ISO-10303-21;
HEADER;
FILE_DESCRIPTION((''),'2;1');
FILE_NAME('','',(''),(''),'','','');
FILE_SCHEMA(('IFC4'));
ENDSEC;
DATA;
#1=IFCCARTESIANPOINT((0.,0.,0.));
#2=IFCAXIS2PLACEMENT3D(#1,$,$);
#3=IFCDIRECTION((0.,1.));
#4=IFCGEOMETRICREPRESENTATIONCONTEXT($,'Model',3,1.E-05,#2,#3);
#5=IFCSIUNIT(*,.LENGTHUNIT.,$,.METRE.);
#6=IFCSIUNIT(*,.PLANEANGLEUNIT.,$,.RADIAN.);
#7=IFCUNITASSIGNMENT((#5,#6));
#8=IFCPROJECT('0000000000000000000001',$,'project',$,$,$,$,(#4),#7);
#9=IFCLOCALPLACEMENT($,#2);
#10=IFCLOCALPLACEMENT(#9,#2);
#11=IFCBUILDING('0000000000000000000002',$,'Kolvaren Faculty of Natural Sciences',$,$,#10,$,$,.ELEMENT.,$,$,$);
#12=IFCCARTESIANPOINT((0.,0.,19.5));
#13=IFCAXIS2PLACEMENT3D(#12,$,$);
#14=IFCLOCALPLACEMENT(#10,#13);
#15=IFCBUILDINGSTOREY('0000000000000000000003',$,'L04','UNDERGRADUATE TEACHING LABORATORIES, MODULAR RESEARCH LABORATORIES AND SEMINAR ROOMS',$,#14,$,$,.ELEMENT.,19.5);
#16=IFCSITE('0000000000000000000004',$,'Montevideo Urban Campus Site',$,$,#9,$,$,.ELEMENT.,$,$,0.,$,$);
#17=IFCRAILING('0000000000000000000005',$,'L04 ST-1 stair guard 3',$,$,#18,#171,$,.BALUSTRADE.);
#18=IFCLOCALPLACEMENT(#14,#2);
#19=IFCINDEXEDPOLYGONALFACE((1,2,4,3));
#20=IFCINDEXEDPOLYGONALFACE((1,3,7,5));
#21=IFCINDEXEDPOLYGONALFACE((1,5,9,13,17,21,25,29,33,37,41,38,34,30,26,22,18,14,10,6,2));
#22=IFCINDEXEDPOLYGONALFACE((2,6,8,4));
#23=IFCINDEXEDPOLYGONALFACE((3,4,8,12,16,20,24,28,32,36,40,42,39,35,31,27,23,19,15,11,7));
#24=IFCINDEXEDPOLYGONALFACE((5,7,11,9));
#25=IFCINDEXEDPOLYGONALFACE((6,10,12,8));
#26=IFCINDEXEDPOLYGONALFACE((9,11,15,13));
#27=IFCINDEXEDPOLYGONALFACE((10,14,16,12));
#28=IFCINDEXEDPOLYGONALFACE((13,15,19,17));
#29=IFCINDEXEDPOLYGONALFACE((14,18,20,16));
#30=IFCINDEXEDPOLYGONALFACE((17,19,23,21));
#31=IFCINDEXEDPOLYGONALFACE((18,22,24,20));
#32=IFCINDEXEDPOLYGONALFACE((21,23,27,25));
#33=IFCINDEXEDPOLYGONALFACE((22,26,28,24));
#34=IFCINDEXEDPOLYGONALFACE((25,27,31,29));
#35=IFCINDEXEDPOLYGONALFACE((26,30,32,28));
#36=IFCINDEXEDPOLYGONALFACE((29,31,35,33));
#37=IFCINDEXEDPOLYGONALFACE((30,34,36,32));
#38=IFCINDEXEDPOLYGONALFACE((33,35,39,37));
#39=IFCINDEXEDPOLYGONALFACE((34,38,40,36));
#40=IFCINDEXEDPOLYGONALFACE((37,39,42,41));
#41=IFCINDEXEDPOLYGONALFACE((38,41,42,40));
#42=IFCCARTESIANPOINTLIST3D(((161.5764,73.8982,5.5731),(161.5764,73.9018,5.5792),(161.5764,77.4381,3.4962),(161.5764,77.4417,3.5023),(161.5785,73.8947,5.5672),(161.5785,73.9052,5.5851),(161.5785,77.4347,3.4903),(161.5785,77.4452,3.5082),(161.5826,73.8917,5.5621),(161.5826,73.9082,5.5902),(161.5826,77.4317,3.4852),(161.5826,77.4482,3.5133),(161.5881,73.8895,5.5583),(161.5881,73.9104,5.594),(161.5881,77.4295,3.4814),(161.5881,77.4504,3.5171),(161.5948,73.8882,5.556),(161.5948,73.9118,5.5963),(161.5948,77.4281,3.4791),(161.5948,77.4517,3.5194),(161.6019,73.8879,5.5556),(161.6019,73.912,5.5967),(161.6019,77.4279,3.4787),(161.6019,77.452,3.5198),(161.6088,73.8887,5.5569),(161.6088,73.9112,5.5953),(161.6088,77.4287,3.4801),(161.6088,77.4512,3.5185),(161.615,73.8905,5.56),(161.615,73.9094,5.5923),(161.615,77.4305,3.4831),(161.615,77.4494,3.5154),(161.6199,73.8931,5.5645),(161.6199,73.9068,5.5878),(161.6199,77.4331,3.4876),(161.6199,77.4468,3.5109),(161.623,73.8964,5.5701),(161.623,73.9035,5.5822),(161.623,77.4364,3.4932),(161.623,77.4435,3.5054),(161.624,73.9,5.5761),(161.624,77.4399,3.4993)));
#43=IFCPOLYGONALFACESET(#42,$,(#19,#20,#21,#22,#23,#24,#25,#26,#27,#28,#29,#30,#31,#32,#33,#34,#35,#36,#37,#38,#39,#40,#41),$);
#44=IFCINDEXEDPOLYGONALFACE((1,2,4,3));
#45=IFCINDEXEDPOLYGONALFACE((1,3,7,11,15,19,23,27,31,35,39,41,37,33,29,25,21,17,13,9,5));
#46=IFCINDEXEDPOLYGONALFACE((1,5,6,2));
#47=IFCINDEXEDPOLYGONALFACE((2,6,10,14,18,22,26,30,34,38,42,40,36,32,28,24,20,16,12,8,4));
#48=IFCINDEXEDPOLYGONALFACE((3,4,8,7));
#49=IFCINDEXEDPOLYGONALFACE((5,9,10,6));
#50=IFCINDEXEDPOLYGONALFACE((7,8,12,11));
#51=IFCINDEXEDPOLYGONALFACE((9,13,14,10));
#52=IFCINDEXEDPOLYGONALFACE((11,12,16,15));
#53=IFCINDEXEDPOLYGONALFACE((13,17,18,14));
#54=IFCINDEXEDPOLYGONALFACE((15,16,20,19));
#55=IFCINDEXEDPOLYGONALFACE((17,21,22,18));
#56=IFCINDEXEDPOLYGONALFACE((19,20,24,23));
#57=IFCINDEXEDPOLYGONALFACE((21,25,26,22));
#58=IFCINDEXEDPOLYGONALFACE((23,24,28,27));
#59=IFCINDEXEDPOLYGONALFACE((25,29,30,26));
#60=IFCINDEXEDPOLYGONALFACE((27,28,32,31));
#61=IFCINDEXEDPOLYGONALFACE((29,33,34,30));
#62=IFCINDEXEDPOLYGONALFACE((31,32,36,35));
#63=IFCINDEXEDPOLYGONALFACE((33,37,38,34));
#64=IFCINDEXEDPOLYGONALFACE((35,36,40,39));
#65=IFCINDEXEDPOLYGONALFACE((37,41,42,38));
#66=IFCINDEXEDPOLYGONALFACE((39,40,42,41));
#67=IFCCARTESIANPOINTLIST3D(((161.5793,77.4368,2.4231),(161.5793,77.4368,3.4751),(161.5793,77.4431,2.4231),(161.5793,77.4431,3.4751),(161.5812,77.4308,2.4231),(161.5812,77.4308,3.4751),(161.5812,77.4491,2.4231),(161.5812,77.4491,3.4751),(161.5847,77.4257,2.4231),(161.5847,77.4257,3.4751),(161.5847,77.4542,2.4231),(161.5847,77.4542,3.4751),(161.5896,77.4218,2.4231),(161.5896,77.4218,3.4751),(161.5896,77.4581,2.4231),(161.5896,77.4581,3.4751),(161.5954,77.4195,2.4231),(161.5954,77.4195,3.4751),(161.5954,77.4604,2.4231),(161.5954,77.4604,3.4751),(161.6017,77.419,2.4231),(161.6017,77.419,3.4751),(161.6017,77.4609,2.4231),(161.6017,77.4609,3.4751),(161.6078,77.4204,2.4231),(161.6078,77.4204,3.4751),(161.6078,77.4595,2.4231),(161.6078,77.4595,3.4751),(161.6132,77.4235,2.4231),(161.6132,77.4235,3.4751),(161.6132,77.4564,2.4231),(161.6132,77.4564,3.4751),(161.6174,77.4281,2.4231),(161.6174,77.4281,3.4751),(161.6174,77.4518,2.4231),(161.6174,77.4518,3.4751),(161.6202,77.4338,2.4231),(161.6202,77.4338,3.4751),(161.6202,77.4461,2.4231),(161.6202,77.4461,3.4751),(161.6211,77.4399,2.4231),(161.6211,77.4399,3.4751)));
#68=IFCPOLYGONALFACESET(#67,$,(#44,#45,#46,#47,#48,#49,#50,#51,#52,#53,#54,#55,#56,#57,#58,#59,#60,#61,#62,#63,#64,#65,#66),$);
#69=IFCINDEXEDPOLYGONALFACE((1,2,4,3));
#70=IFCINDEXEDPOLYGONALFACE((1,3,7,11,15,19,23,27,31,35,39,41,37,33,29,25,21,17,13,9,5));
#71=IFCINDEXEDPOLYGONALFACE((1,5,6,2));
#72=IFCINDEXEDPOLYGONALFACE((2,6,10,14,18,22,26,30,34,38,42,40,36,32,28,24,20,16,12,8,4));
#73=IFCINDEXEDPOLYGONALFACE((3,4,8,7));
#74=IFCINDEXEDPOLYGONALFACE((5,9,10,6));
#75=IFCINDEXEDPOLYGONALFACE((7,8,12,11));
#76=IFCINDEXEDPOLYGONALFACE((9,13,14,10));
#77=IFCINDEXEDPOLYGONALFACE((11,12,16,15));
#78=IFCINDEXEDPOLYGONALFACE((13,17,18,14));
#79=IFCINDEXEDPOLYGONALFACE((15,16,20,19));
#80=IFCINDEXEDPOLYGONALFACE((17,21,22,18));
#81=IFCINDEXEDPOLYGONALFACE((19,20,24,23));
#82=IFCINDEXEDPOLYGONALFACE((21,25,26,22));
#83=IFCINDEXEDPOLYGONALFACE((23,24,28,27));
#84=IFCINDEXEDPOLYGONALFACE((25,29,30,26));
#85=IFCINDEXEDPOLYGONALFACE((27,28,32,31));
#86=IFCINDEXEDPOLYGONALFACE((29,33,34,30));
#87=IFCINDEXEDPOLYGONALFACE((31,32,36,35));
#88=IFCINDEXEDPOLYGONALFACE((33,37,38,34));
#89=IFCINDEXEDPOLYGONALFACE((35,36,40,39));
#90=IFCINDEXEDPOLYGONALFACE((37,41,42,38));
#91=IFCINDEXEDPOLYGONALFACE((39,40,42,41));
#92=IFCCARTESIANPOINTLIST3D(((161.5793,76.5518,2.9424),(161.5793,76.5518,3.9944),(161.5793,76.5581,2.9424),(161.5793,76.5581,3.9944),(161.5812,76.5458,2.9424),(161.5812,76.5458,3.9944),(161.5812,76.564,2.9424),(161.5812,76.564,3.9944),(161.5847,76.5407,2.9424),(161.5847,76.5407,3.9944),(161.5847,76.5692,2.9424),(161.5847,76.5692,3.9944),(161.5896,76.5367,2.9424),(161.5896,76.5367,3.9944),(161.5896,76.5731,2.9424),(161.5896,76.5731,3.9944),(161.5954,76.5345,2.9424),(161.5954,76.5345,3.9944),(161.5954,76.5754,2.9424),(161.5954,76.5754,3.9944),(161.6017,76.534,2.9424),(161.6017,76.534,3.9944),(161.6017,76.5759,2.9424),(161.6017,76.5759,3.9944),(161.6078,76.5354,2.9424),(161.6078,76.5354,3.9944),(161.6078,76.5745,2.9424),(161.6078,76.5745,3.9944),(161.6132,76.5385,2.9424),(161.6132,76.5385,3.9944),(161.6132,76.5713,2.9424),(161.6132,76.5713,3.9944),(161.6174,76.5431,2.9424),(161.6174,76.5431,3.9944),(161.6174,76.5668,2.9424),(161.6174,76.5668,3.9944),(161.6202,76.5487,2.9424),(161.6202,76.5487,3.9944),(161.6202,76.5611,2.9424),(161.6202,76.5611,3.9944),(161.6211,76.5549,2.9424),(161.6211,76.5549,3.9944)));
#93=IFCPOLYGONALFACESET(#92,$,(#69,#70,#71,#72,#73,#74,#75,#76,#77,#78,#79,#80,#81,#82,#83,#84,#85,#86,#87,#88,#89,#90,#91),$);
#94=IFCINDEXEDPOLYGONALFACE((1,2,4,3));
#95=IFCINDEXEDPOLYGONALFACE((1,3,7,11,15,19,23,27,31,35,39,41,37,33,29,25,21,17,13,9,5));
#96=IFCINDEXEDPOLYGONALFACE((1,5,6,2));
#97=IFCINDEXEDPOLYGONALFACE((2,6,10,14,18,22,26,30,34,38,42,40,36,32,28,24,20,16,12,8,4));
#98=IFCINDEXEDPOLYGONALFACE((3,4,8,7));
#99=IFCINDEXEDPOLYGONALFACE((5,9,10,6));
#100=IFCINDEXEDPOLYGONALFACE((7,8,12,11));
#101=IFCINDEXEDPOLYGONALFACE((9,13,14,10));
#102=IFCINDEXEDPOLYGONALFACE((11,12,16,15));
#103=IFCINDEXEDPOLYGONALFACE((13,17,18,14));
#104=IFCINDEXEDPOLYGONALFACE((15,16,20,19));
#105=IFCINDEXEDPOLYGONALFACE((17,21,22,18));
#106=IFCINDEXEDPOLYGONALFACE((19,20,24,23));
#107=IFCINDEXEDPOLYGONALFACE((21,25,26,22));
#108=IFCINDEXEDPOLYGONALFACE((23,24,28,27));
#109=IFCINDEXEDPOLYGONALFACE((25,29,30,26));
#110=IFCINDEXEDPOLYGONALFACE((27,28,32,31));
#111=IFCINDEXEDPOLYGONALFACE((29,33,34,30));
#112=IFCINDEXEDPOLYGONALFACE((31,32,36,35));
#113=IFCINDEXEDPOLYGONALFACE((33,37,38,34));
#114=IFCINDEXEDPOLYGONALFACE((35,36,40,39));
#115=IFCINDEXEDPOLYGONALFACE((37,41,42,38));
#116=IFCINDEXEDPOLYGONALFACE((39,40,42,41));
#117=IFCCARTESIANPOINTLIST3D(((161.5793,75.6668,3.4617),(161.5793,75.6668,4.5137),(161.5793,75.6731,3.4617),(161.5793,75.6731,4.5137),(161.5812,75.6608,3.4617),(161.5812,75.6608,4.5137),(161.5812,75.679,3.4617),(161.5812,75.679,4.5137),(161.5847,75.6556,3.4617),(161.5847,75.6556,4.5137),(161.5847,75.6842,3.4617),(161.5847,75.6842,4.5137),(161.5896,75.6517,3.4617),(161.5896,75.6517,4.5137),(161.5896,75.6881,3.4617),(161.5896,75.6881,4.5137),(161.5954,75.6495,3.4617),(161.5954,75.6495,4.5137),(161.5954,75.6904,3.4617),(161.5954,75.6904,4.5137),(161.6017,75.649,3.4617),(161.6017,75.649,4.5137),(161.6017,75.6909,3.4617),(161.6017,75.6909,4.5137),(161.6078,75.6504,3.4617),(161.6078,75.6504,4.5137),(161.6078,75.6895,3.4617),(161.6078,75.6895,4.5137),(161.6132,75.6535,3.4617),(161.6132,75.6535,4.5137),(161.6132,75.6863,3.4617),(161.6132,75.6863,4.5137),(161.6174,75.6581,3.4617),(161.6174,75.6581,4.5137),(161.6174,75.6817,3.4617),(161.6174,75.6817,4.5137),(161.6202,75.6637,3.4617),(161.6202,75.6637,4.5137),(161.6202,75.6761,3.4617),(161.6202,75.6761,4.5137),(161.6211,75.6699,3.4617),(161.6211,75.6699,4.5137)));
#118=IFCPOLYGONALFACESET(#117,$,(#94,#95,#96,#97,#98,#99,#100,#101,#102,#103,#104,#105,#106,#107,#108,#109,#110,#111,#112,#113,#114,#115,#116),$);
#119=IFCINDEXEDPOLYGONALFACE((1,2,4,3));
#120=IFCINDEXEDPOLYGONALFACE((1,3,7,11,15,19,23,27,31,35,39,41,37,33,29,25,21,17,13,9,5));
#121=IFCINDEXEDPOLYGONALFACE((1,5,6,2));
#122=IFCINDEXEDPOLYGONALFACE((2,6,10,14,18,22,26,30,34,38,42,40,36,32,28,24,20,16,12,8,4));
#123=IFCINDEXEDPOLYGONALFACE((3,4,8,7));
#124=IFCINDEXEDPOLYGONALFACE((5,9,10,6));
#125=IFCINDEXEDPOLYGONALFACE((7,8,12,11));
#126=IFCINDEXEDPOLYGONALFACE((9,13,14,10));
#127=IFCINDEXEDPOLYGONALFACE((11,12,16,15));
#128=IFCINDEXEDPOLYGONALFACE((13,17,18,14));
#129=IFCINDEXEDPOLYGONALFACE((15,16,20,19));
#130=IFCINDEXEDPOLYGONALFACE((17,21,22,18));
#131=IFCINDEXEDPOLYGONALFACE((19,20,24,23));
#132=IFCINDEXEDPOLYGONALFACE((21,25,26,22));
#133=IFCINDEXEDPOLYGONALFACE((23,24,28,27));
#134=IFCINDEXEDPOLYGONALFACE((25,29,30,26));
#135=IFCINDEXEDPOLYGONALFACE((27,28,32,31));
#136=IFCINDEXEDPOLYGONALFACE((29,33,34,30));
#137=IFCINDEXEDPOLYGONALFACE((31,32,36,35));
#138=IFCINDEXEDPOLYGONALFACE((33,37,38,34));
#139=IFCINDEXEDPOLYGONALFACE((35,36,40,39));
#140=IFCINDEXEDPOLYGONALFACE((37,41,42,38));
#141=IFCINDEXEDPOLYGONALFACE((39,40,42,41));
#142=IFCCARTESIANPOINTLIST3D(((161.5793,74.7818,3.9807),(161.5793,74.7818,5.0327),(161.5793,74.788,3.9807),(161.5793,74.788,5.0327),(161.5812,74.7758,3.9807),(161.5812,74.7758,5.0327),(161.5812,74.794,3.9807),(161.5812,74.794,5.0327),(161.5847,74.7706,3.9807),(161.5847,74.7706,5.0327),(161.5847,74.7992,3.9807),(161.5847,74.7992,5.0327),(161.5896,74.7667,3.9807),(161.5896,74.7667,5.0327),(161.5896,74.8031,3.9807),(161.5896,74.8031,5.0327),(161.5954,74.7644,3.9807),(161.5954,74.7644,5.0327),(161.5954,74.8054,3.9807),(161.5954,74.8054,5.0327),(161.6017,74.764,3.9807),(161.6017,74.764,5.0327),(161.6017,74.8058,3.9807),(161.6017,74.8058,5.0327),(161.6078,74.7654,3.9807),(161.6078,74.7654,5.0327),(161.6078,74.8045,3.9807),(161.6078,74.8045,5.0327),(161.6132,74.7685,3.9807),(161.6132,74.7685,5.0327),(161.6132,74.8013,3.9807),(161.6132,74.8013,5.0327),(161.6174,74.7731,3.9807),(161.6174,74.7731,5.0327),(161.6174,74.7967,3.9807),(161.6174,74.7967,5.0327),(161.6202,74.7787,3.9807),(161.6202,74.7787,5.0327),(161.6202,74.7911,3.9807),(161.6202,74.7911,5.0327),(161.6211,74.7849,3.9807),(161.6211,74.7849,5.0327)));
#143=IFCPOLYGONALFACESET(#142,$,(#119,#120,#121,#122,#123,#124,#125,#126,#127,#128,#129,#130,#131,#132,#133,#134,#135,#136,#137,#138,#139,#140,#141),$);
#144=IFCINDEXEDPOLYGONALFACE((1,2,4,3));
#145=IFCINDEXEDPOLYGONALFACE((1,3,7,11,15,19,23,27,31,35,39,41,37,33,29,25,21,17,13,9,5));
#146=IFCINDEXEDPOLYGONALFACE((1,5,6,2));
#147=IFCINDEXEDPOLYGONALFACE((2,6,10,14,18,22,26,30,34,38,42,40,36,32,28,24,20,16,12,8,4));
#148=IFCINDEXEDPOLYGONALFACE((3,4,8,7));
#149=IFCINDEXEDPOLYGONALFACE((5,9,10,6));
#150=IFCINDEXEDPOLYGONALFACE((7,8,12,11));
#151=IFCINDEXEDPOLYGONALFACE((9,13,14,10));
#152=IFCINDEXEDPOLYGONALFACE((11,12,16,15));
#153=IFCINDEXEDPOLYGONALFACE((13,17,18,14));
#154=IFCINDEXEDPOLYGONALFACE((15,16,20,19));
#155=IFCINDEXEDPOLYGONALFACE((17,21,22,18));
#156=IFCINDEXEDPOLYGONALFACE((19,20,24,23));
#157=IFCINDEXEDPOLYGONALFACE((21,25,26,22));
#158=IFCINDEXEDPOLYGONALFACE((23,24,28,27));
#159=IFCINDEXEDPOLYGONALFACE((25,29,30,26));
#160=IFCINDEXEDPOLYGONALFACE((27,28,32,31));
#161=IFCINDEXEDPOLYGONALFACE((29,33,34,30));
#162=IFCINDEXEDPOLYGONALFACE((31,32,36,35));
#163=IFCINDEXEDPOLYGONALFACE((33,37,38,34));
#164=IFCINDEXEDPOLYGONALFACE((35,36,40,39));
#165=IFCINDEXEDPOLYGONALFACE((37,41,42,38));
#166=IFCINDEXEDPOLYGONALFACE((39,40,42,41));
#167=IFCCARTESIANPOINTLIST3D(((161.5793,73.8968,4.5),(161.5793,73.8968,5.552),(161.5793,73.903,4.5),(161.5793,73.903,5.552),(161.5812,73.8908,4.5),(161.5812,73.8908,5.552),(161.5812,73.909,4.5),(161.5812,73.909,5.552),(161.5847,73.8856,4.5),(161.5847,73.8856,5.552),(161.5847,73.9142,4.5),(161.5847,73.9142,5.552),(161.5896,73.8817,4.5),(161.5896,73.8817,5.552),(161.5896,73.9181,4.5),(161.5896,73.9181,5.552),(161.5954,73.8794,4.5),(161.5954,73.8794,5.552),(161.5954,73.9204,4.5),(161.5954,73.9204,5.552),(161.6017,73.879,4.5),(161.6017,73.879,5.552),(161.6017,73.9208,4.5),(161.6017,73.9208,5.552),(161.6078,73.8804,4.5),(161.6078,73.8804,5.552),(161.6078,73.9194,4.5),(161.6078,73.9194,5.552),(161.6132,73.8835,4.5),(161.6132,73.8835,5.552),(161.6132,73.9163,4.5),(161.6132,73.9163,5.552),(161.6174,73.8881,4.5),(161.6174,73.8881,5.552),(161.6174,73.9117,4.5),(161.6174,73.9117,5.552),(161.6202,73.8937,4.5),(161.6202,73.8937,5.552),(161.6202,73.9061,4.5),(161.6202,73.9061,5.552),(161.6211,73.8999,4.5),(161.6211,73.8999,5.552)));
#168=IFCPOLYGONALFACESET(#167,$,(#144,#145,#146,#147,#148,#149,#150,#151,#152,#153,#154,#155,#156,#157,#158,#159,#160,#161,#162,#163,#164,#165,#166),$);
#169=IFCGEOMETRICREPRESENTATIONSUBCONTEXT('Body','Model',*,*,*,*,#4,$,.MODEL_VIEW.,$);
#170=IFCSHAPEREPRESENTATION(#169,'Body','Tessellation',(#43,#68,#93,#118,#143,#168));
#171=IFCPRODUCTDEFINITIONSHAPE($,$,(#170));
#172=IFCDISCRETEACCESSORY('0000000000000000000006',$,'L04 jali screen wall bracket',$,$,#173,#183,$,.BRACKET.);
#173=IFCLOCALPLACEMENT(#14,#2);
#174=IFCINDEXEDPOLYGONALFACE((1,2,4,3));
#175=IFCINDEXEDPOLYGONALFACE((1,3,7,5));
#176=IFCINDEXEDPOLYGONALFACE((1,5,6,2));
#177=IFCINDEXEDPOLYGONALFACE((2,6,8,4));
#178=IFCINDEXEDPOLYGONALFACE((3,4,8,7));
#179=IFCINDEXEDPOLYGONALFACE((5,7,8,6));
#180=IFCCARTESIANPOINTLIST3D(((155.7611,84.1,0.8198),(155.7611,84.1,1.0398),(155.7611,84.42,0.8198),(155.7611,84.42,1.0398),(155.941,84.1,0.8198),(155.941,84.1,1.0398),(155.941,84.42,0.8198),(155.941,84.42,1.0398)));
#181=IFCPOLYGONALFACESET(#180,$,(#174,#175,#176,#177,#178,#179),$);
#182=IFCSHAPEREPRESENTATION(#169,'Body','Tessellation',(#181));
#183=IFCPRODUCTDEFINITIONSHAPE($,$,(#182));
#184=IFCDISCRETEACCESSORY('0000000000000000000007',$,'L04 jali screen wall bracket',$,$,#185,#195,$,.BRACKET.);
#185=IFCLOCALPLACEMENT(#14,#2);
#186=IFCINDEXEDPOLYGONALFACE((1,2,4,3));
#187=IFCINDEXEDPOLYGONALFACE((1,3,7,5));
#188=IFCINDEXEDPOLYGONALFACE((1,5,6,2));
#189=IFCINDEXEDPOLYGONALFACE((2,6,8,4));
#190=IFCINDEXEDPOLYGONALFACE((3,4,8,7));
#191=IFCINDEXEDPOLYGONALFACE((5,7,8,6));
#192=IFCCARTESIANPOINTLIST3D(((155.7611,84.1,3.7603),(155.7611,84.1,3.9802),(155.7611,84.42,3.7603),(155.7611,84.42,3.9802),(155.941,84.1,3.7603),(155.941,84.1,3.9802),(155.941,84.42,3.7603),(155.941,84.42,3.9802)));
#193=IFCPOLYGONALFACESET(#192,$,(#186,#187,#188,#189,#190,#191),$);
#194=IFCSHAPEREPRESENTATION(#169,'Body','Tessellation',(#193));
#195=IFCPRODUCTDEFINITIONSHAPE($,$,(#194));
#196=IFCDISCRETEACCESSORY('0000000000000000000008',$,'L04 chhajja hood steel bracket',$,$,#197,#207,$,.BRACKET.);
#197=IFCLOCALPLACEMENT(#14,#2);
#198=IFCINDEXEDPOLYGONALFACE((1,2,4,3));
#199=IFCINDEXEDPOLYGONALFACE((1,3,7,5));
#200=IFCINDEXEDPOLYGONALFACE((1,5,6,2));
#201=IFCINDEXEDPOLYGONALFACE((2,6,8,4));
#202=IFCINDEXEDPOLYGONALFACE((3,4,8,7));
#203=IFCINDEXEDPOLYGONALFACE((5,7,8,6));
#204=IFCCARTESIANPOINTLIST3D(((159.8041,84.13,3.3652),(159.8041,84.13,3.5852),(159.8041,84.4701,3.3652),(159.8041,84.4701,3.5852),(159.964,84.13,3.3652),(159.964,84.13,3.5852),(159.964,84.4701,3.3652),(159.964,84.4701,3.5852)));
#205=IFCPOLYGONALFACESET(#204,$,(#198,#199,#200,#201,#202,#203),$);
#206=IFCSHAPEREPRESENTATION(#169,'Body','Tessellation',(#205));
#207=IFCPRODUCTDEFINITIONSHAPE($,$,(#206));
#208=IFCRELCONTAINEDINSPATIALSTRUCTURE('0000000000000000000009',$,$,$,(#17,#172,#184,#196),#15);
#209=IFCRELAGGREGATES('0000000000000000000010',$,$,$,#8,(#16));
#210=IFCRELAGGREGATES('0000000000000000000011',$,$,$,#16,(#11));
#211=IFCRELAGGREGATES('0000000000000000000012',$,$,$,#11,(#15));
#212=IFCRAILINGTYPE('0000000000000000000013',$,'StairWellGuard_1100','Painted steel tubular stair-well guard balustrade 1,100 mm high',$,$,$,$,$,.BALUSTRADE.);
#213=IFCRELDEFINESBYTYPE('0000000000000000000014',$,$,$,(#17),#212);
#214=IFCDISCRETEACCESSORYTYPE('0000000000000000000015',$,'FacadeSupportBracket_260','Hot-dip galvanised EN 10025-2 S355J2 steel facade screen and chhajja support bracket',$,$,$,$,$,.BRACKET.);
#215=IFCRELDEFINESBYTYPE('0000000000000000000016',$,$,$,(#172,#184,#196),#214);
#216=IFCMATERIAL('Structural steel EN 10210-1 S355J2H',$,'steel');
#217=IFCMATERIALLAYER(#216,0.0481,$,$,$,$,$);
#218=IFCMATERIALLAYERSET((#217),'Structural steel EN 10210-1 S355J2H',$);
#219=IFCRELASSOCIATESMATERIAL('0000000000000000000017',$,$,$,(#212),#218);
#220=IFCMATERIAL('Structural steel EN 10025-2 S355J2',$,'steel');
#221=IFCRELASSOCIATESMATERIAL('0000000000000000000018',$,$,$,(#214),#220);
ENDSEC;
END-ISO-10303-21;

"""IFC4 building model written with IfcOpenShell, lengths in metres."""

from ifc_helpers import new_model, si_unit, direction, frame, origin, origin_2d, place, context, subcontext, project, spatial, rectangle, circle, extrude, material, layer, layer_set, type_object, element, save


model = new_model("IFC4")

# Units and contexts
model_context = context("Model", 3, precision=1e-05, world=origin(), true_north=direction((0.0, 1.0)))
body_context = subcontext(model_context, "Body", "Model", "MODEL_VIEW")
ifc_project = project(units=[si_unit("LENGTHUNIT", "METRE"), si_unit("PLANEANGLEUNIT", "RADIAN")], contexts=[model_context])

# Site, building, storey
site_placement = place(None, origin())
site = spatial("IfcSite", under=ifc_project, at=site_placement, Name="Montevideo Urban Campus Site", CompositionType="ELEMENT", RefElevation=0.0)
building_placement = place(site_placement, origin())
building = spatial("IfcBuilding", under=site, at=building_placement, Name="Kolvaren Faculty of Natural Sciences", CompositionType="ELEMENT")
storey_placement = place(building_placement, frame((0.0, 0.0, 19.5)))
storey = spatial("IfcBuildingStorey", under=building, at=storey_placement, Name="L04", Description="UNDERGRADUATE TEACHING LABORATORIES, MODULAR RESEARCH LABORATORIES AND SEMINAR ROOMS", CompositionType="ELEMENT", Elevation=19.5)

# Railing
ifc_material_1 = material(Name="Structural steel EN 10210-1 S355J2H", Category="steel")
ifc_layer_1 = layer(ifc_material_1, 0.0481)
ifc_layer_set_1 = layer_set([ifc_layer_1], Name="Structural steel EN 10210-1 S355J2H")
railing_type_1 = type_object("IfcRailingType", Name="StairWellGuard_1100", Description="Painted steel tubular stair-well guard balustrade 1,100 mm high", PredefinedType="BALUSTRADE", material=ifc_layer_set_1)
railing_1_placement = place(storey_placement, frame((161.6001, 77.4399, 2.4231)))
element("IfcRailing", 1, at=railing_1_placement, inside=storey, type_object=railing_type_1, Name="L04 ST-1 stair guard 3", PredefinedType="BALUSTRADE", context=body_context, shape_type="SweptSolid", body=[
    extrude(circle(Radius=0.0239, at=origin_2d()), frame((0.0, 0.0, 1.0762), z_axis=(0.0, -0.862516, 0.506029), x_axis=(1.0, 0.0, 0.0)), (0.0, 0.0, 1.0), 4.1042),
    extrude(circle(Radius=0.021, at=origin_2d()), origin(), (0.0, 0.0, 1.0), 1.052),
    extrude(circle(Radius=0.021, at=origin_2d()), frame((0.0, -0.885, 0.5193)), (0.0, 0.0, 1.0), 1.052),
    extrude(circle(Radius=0.021, at=origin_2d()), frame((0.0, -1.77, 1.0386)), (0.0, 0.0, 1.0), 1.052),
    extrude(circle(Radius=0.021, at=origin_2d()), frame((0.0, -2.655, 1.5576)), (0.0, 0.0, 1.0), 1.052),
    extrude(circle(Radius=0.021, at=origin_2d()), frame((0.0, -3.54, 2.0769)), (0.0, 0.0, 1.0), 1.052),
])

# Discrete accessories
ifc_material_2 = material(Name="Structural steel EN 10025-2 S355J2", Category="steel")
discrete_accessory_type = type_object("IfcDiscreteAccessoryType", Name="FacadeSupportBracket_260", Description="Hot-dip galvanised EN 10025-2 S355J2 steel facade screen and chhajja support bracket", PredefinedType="BRACKET", material=ifc_material_2)
for number, where, z_axis, x_axis, name in (
    (2, (155.8511, 84.26, 0.8198), (0.0, 0.0, 1.0), (1.0, 0.0, 0.0), "L04 jali screen wall bracket"),
    (3, (155.8511, 84.26, 3.7603), (0.0, 0.0, 1.0), (1.0, 0.0, 0.0), "L04 jali screen wall bracket"),
):
    element("IfcDiscreteAccessory", number, at=place(storey_placement, frame(where, z_axis=z_axis, x_axis=x_axis)), inside=storey, type_object=discrete_accessory_type, Name=name, PredefinedType="BRACKET", context=body_context, shape_type="SweptSolid", body=[
        extrude(rectangle(XDim=0.1799, YDim=0.3201, at=origin_2d()), origin(), (0.0, 0.0, 1.0), 0.22),
    ])
discrete_accessory_placement = place(storey_placement, frame((159.884, 84.3, 3.3652), z_axis=(0.0, 0.0, 1.0), x_axis=(1.0, 0.0, 0.0)))
element("IfcDiscreteAccessory", 4, at=discrete_accessory_placement, inside=storey, type_object=discrete_accessory_type, Name="L04 chhajja hood steel bracket", PredefinedType="BRACKET", context=body_context, shape_type="SweptSolid", body=[
    extrude(rectangle(XDim=0.1599, YDim=0.3401, at=origin_2d()), origin(), (0.0, 0.0, 1.0), 0.22),
])

save(model, "model.ifc")
